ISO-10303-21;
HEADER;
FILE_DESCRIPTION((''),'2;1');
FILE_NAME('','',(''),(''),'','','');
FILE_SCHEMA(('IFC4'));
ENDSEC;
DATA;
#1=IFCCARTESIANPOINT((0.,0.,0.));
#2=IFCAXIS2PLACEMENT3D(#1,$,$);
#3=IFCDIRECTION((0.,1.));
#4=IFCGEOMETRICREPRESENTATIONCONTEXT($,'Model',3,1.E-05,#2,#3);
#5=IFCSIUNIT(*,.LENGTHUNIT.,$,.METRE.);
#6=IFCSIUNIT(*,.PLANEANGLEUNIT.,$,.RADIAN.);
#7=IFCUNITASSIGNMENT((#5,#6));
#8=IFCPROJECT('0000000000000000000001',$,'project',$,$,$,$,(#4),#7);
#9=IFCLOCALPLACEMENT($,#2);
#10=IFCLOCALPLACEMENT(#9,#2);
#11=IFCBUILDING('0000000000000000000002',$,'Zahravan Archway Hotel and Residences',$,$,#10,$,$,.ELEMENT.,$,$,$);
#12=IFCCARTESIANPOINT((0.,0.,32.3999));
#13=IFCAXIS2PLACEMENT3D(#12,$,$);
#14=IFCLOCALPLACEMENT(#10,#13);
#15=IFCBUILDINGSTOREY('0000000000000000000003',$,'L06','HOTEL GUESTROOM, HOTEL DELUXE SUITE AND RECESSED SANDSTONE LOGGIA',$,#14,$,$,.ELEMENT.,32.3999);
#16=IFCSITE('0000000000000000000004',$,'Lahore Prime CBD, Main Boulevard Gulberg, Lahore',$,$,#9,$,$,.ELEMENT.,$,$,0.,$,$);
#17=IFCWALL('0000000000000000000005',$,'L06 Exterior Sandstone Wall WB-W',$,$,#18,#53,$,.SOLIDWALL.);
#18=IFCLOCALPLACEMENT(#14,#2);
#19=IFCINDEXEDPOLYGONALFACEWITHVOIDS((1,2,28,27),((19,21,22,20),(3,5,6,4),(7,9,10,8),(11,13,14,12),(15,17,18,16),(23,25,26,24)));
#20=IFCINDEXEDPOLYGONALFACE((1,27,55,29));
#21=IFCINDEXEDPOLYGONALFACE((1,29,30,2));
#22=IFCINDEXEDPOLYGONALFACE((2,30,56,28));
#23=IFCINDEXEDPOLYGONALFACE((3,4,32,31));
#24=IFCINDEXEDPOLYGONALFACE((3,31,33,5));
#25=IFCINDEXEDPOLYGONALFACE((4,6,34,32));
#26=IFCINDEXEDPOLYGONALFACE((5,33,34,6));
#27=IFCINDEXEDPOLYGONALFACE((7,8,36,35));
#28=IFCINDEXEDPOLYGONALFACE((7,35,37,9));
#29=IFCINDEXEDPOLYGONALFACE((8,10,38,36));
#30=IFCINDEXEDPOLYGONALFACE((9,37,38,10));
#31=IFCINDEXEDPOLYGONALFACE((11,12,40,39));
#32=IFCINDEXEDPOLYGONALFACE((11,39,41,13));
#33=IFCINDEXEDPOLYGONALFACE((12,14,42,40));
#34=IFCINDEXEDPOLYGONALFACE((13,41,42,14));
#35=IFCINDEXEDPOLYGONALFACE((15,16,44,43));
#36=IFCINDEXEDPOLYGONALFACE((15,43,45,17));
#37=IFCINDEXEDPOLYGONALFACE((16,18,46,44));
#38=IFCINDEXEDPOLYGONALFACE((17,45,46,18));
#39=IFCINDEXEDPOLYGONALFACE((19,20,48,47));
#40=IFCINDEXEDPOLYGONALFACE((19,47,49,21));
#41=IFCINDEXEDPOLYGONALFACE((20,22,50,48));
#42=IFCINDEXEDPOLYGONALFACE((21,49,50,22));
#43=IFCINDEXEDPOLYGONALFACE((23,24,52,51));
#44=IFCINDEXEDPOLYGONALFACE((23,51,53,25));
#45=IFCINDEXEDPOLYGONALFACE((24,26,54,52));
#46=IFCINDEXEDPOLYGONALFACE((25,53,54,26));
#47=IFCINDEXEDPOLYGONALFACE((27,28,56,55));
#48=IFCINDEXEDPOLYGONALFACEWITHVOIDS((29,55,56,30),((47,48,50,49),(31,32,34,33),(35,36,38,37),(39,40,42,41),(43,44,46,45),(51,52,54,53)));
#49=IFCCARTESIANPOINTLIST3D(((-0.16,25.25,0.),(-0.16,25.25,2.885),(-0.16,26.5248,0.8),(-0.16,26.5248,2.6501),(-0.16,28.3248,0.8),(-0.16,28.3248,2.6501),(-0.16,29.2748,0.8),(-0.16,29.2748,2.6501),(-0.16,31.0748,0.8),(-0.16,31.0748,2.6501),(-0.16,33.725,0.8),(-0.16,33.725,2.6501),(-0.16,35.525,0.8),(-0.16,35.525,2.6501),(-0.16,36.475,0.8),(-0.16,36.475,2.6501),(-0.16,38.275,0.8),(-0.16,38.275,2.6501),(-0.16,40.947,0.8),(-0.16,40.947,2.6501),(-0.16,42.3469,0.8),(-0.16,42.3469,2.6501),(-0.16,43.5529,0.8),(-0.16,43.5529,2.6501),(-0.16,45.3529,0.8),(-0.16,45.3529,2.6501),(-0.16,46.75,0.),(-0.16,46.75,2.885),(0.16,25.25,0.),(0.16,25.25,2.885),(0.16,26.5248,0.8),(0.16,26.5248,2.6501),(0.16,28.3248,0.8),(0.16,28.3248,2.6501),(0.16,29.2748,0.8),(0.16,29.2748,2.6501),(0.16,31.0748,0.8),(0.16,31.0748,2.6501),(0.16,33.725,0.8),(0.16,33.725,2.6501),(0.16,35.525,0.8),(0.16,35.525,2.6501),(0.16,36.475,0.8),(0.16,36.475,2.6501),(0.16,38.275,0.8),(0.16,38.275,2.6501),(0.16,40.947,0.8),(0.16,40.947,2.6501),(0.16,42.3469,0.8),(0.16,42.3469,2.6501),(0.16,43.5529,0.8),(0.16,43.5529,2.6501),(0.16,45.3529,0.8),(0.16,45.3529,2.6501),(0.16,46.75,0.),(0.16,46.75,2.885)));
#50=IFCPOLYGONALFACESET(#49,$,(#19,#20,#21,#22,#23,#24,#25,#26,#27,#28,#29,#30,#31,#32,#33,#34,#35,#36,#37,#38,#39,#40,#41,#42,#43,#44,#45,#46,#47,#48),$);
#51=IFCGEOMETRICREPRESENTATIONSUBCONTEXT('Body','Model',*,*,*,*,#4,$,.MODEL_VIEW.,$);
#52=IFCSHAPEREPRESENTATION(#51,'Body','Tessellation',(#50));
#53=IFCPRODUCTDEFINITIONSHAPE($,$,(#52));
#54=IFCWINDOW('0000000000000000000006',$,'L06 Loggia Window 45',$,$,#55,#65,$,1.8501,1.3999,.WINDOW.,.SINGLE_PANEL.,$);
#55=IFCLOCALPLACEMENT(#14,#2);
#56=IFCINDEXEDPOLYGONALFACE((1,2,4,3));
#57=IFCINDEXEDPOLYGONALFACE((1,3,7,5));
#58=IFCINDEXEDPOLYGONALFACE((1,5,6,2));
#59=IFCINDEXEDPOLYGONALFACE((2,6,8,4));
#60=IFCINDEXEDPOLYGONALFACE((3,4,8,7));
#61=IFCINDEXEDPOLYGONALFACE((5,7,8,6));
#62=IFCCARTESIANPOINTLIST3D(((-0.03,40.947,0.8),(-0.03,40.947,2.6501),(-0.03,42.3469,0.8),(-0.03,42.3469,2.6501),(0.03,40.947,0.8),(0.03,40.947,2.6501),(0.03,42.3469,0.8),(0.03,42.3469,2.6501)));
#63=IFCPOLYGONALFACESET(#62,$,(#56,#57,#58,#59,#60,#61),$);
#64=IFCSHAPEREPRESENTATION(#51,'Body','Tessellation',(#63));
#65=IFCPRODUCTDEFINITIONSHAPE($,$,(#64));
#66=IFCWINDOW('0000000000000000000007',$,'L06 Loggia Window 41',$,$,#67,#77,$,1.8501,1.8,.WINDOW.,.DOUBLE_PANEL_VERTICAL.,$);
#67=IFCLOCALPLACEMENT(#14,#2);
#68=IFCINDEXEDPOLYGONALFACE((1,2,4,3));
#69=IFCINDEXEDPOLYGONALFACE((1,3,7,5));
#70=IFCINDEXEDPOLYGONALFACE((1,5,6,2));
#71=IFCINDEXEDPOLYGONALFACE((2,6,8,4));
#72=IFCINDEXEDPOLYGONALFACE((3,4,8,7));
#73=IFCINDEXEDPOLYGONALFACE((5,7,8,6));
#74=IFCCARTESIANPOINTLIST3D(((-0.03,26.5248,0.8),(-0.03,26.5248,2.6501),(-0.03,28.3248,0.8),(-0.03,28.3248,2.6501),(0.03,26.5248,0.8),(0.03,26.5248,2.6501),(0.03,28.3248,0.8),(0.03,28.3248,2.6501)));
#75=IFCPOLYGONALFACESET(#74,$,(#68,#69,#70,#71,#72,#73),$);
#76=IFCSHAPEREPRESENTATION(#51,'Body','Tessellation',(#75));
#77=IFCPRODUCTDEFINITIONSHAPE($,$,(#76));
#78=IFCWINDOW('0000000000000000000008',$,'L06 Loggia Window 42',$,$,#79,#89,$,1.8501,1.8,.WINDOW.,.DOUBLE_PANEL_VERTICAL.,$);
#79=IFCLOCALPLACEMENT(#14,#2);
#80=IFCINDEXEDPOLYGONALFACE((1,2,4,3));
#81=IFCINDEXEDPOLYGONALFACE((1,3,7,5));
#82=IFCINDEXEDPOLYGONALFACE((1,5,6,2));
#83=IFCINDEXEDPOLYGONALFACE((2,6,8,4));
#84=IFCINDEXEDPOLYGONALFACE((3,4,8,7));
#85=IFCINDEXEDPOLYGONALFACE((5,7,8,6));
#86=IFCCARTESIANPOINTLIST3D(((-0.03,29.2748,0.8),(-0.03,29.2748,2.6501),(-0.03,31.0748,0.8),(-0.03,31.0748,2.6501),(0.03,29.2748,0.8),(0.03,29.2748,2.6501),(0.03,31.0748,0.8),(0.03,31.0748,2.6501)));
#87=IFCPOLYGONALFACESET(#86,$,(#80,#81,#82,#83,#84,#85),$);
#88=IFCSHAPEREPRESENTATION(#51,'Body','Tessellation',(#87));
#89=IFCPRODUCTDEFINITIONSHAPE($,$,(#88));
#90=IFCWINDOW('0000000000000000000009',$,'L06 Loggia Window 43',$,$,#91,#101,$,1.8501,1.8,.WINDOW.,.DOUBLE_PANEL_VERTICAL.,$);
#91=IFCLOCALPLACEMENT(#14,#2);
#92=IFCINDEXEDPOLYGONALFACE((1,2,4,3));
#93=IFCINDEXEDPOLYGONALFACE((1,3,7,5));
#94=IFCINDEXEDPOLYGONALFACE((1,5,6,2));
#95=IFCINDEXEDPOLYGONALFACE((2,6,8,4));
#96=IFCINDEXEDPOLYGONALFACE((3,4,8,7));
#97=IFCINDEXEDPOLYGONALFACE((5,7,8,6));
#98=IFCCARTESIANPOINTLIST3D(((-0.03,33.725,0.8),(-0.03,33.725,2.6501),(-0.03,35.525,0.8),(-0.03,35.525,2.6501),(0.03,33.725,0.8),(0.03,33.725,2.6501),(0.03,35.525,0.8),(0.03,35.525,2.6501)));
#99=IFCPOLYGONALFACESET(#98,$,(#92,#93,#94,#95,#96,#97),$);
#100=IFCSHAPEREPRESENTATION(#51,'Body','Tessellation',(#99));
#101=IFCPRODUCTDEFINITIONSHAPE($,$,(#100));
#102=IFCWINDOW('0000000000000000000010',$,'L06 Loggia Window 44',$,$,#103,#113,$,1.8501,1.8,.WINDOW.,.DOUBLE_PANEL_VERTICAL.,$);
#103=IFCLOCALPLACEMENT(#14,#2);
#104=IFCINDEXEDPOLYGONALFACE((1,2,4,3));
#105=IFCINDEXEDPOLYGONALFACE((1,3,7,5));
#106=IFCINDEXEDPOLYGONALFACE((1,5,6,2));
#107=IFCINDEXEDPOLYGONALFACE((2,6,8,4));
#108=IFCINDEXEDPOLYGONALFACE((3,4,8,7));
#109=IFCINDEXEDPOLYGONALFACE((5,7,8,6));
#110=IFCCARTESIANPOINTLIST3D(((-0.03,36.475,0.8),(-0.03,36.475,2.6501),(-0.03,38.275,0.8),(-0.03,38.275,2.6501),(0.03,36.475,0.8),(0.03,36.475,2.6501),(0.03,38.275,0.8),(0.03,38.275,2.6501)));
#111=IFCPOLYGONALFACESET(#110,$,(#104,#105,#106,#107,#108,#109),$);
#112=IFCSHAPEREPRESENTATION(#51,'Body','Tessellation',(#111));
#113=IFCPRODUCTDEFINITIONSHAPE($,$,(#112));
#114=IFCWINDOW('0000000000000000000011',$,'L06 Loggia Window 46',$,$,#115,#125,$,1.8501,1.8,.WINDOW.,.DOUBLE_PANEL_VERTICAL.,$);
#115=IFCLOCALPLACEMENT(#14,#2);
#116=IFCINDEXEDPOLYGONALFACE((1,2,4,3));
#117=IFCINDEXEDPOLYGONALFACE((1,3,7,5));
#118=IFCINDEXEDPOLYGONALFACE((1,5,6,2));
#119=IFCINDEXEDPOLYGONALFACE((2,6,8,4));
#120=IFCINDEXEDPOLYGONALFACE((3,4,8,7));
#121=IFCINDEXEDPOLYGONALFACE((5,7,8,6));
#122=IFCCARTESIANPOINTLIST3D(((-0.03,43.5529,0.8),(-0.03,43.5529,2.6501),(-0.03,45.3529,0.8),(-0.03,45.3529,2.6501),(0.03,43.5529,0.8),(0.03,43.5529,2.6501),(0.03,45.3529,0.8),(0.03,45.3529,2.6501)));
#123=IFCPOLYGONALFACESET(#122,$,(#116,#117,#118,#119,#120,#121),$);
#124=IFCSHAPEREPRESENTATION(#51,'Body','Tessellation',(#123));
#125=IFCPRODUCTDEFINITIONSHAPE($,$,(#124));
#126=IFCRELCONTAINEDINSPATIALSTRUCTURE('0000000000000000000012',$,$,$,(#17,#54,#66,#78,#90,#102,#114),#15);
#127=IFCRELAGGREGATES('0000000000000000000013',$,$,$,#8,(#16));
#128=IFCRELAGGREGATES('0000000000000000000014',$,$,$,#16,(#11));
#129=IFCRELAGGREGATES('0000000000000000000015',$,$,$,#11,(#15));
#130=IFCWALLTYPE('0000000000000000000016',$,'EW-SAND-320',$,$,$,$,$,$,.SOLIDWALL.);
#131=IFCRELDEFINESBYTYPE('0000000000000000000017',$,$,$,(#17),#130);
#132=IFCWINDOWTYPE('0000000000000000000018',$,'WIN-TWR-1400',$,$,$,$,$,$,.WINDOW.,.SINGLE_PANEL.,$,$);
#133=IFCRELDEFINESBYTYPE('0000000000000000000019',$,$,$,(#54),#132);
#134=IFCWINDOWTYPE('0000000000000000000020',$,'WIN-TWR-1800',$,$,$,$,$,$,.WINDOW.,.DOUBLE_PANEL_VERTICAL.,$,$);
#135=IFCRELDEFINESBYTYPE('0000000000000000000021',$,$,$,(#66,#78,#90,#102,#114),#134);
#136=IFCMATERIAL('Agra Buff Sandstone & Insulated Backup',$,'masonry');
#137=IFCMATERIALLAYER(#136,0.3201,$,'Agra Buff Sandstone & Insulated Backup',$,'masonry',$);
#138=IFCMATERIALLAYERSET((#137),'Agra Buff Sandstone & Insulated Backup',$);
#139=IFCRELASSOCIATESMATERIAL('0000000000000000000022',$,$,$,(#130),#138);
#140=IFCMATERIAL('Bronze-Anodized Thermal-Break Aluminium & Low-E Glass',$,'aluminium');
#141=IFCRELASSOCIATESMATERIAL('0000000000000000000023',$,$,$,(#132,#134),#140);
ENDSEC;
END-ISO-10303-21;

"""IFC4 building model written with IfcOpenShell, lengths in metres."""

from ifc_helpers import new_model, si_unit, direction, frame, frame_2d, origin, place, context, subcontext, project, spatial, rectangle, extrude, source, transform, mapped, material, layer, layer_set, type_object, type_shapes, element, fill, save


model = new_model("IFC4")

# Units and contexts
model_context = context("Model", 3, precision=1e-05, world=origin(), true_north=direction((0.0, 1.0)))
body_context = subcontext(model_context, "Body", "Model", "MODEL_VIEW")
ifc_project = project(units=[si_unit("LENGTHUNIT", "METRE"), si_unit("PLANEANGLEUNIT", "RADIAN")], contexts=[model_context])

# Site, building, storey
site_placement = place(None, origin())
site = spatial("IfcSite", under=ifc_project, at=site_placement, Name="Lahore Prime CBD, Main Boulevard Gulberg, Lahore", CompositionType="ELEMENT", RefElevation=0.0)
building_placement = place(site_placement, origin())
building = spatial("IfcBuilding", under=site, at=building_placement, Name="Zahravan Archway Hotel and Residences", CompositionType="ELEMENT")
storey_placement = place(building_placement, frame((0.0, 0.0, 32.3999)))
storey = spatial("IfcBuildingStorey", under=building, at=storey_placement, Name="L06", Description="HOTEL GUESTROOM, HOTEL DELUXE SUITE AND RECESSED SANDSTONE LOGGIA", CompositionType="ELEMENT", Elevation=32.3999)

# Shared definitions
ifc_material_1 = material(Name="Agra Buff Sandstone & Insulated Backup", Category="masonry")
ifc_layer_1 = layer(ifc_material_1, 0.3201, Name="Agra Buff Sandstone & Insulated Backup", Category="masonry")
ifc_layer_set_1 = layer_set([ifc_layer_1], Name="Agra Buff Sandstone & Insulated Backup")
wall_type_1 = type_object("IfcWallType", Name="EW-SAND-320", PredefinedType="SOLIDWALL", material=ifc_layer_set_1)

# Wall, openings, windows
wall_1_placement = place(storey_placement, frame((0.0, 25.25, 0.0), z_axis=(0.0, 0.0, 1.0), x_axis=(0.0, 1.0, 0.0)))
wall_1 = element("IfcWall", 1, at=wall_1_placement, inside=storey, type_object=wall_type_1, Name="L06 Exterior Sandstone Wall WB-W", PredefinedType="SOLIDWALL", context=body_context, shape_type="SweptSolid", body=[
    extrude(rectangle(XDim=21.5, YDim=0.3201, at=frame_2d((10.75, 0.0))), origin(), (0.0, 0.0, 1.0), 2.885),
])
opening_1_placement = place(wall_1_placement, frame((1.2749, 0.0, 0.8)))
opening_1 = element("IfcOpeningElement", 2, at=opening_1_placement, cuts=wall_1, PredefinedType="OPENING", context=body_context, shape_type="SweptSolid", body=[
    extrude(rectangle(XDim=1.8, YDim=1.8501, at=frame_2d((0.8999, 0.925))), frame((0.0, 0.1699, 0.0), z_axis=(0.0, -1.0, 0.0), x_axis=(1.0, 0.0, 0.0)), (0.0, 0.0, 1.0), 0.3401),
])
opening_2_placement = place(wall_1_placement, frame((4.0249, 0.0, 0.8)))
opening_2 = element("IfcOpeningElement", 3, at=opening_2_placement, cuts=wall_1, PredefinedType="OPENING", context=body_context, shape_type="SweptSolid", body=[
    extrude(rectangle(XDim=1.8, YDim=1.8501, at=frame_2d((0.8999, 0.925))), frame((0.0, 0.1699, 0.0), z_axis=(0.0, -1.0, 0.0), x_axis=(1.0, 0.0, 0.0)), (0.0, 0.0, 1.0), 0.3401),
])
opening_3_placement = place(wall_1_placement, frame((8.4751, 0.0, 0.8)))
opening_3 = element("IfcOpeningElement", 4, at=opening_3_placement, cuts=wall_1, PredefinedType="OPENING", context=body_context, shape_type="SweptSolid", body=[
    extrude(rectangle(XDim=1.8, YDim=1.8501, at=frame_2d((0.8999, 0.925))), frame((0.0, 0.1699, 0.0), z_axis=(0.0, -1.0, 0.0), x_axis=(1.0, 0.0, 0.0)), (0.0, 0.0, 1.0), 0.3401),
])
opening_4_placement = place(wall_1_placement, frame((11.2251, 0.0, 0.8)))
opening_4 = element("IfcOpeningElement", 5, at=opening_4_placement, cuts=wall_1, PredefinedType="OPENING", context=body_context, shape_type="SweptSolid", body=[
    extrude(rectangle(XDim=1.8, YDim=1.8501, at=frame_2d((0.8999, 0.925))), frame((0.0, 0.1699, 0.0), z_axis=(0.0, -1.0, 0.0), x_axis=(1.0, 0.0, 0.0)), (0.0, 0.0, 1.0), 0.3401),
])
opening_5_placement = place(wall_1_placement, frame((15.697, 0.0, 0.8)))
opening_5 = element("IfcOpeningElement", 6, at=opening_5_placement, cuts=wall_1, PredefinedType="OPENING", context=body_context, shape_type="SweptSolid", body=[
    extrude(rectangle(XDim=1.3999, YDim=1.8501, at=frame_2d((0.7, 0.925))), frame((0.0, 0.1699, 0.0), z_axis=(0.0, -1.0, 0.0), x_axis=(1.0, 0.0, 0.0)), (0.0, 0.0, 1.0), 0.3401),
])
opening_6_placement = place(wall_1_placement, frame((18.303, 0.0, 0.8)))
opening_6 = element("IfcOpeningElement", 7, at=opening_6_placement, cuts=wall_1, PredefinedType="OPENING", context=body_context, shape_type="SweptSolid", body=[
    extrude(rectangle(XDim=1.8, YDim=1.8501, at=frame_2d((0.8999, 0.925))), frame((0.0, 0.1699, 0.0), z_axis=(0.0, -1.0, 0.0), x_axis=(1.0, 0.0, 0.0)), (0.0, 0.0, 1.0), 0.3401),
])
ifc_material_2 = material(Name="Bronze-Anodized Thermal-Break Aluminium & Low-E Glass", Category="aluminium")
window_type_1 = type_object("IfcWindowType", Name="WIN-TWR-1400", PartitioningType="SINGLE_PANEL", PredefinedType="WINDOW", material=ifc_material_2)
shared_shape_1 = source(origin(), body_context, "Body", "SweptSolid", [
    extrude(rectangle(XDim=1.3999, YDim=1.8501, at=frame_2d((0.7, 0.925))), frame((0.0, 0.03, 0.0), z_axis=(0.0, -1.0, 0.0), x_axis=(1.0, 0.0, 0.0)), (0.0, 0.0, 1.0), 0.0601),
])
type_shapes(window_type_1, [shared_shape_1])
window_1_placement = place(opening_5_placement, origin())
window_1 = element("IfcWindow", 8, at=window_1_placement, inside=storey, type_object=window_type_1, Name="L06 Loggia Window 45", OverallHeight=1.8501, OverallWidth=1.3999, PartitioningType="SINGLE_PANEL", PredefinedType="WINDOW", context=body_context, shape_type="MappedRepresentation", body=[
    mapped(shared_shape_1, transform((0.0, 0.0, 0.0), scale=1.0)),
])
fill(opening_5, window_1)
window_type_2 = type_object("IfcWindowType", Name="WIN-TWR-1800", PartitioningType="DOUBLE_PANEL_VERTICAL", PredefinedType="WINDOW", material=ifc_material_2)
shared_shape_2 = source(origin(), body_context, "Body", "SweptSolid", [
    extrude(rectangle(XDim=1.8, YDim=1.8501, at=frame_2d((0.8999, 0.925))), frame((0.0, 0.03, 0.0), z_axis=(0.0, -1.0, 0.0), x_axis=(1.0, 0.0, 0.0)), (0.0, 0.0, 1.0), 0.0601),
])
type_shapes(window_type_2, [shared_shape_2])
window_2_placement = place(opening_1_placement, origin())
window_2 = element("IfcWindow", 9, at=window_2_placement, inside=storey, type_object=window_type_2, Name="L06 Loggia Window 41", OverallHeight=1.8501, OverallWidth=1.8, PartitioningType="DOUBLE_PANEL_VERTICAL", PredefinedType="WINDOW", context=body_context, shape_type="MappedRepresentation", body=[
    mapped(shared_shape_2, transform((0.0, 0.0, 0.0), scale=1.0)),
])
fill(opening_1, window_2)
window_3_placement = place(opening_2_placement, origin())
window_3 = element("IfcWindow", 10, at=window_3_placement, inside=storey, type_object=window_type_2, Name="L06 Loggia Window 42", OverallHeight=1.8501, OverallWidth=1.8, PartitioningType="DOUBLE_PANEL_VERTICAL", PredefinedType="WINDOW", context=body_context, shape_type="MappedRepresentation", body=[
    mapped(shared_shape_2, transform((0.0, 0.0, 0.0), scale=1.0)),
])
fill(opening_2, window_3)
window_4_placement = place(opening_3_placement, origin())
window_4 = element("IfcWindow", 11, at=window_4_placement, inside=storey, type_object=window_type_2, Name="L06 Loggia Window 43", OverallHeight=1.8501, OverallWidth=1.8, PartitioningType="DOUBLE_PANEL_VERTICAL", PredefinedType="WINDOW", context=body_context, shape_type="MappedRepresentation", body=[
    mapped(shared_shape_2, transform((0.0, 0.0, 0.0), scale=1.0)),
])
fill(opening_3, window_4)
window_5_placement = place(opening_4_placement, origin())
window_5 = element("IfcWindow", 12, at=window_5_placement, inside=storey, type_object=window_type_2, Name="L06 Loggia Window 44", OverallHeight=1.8501, OverallWidth=1.8, PartitioningType="DOUBLE_PANEL_VERTICAL", PredefinedType="WINDOW", context=body_context, shape_type="MappedRepresentation", body=[
    mapped(shared_shape_2, transform((0.0, 0.0, 0.0), scale=1.0)),
])
fill(opening_4, window_5)
window_6_placement = place(opening_6_placement, origin())
window_6 = element("IfcWindow", 13, at=window_6_placement, inside=storey, type_object=window_type_2, Name="L06 Loggia Window 46", OverallHeight=1.8501, OverallWidth=1.8, PartitioningType="DOUBLE_PANEL_VERTICAL", PredefinedType="WINDOW", context=body_context, shape_type="MappedRepresentation", body=[
    mapped(shared_shape_2, transform((0.0, 0.0, 0.0), scale=1.0)),
])
fill(opening_6, window_6)

save(model, "model.ifc")
